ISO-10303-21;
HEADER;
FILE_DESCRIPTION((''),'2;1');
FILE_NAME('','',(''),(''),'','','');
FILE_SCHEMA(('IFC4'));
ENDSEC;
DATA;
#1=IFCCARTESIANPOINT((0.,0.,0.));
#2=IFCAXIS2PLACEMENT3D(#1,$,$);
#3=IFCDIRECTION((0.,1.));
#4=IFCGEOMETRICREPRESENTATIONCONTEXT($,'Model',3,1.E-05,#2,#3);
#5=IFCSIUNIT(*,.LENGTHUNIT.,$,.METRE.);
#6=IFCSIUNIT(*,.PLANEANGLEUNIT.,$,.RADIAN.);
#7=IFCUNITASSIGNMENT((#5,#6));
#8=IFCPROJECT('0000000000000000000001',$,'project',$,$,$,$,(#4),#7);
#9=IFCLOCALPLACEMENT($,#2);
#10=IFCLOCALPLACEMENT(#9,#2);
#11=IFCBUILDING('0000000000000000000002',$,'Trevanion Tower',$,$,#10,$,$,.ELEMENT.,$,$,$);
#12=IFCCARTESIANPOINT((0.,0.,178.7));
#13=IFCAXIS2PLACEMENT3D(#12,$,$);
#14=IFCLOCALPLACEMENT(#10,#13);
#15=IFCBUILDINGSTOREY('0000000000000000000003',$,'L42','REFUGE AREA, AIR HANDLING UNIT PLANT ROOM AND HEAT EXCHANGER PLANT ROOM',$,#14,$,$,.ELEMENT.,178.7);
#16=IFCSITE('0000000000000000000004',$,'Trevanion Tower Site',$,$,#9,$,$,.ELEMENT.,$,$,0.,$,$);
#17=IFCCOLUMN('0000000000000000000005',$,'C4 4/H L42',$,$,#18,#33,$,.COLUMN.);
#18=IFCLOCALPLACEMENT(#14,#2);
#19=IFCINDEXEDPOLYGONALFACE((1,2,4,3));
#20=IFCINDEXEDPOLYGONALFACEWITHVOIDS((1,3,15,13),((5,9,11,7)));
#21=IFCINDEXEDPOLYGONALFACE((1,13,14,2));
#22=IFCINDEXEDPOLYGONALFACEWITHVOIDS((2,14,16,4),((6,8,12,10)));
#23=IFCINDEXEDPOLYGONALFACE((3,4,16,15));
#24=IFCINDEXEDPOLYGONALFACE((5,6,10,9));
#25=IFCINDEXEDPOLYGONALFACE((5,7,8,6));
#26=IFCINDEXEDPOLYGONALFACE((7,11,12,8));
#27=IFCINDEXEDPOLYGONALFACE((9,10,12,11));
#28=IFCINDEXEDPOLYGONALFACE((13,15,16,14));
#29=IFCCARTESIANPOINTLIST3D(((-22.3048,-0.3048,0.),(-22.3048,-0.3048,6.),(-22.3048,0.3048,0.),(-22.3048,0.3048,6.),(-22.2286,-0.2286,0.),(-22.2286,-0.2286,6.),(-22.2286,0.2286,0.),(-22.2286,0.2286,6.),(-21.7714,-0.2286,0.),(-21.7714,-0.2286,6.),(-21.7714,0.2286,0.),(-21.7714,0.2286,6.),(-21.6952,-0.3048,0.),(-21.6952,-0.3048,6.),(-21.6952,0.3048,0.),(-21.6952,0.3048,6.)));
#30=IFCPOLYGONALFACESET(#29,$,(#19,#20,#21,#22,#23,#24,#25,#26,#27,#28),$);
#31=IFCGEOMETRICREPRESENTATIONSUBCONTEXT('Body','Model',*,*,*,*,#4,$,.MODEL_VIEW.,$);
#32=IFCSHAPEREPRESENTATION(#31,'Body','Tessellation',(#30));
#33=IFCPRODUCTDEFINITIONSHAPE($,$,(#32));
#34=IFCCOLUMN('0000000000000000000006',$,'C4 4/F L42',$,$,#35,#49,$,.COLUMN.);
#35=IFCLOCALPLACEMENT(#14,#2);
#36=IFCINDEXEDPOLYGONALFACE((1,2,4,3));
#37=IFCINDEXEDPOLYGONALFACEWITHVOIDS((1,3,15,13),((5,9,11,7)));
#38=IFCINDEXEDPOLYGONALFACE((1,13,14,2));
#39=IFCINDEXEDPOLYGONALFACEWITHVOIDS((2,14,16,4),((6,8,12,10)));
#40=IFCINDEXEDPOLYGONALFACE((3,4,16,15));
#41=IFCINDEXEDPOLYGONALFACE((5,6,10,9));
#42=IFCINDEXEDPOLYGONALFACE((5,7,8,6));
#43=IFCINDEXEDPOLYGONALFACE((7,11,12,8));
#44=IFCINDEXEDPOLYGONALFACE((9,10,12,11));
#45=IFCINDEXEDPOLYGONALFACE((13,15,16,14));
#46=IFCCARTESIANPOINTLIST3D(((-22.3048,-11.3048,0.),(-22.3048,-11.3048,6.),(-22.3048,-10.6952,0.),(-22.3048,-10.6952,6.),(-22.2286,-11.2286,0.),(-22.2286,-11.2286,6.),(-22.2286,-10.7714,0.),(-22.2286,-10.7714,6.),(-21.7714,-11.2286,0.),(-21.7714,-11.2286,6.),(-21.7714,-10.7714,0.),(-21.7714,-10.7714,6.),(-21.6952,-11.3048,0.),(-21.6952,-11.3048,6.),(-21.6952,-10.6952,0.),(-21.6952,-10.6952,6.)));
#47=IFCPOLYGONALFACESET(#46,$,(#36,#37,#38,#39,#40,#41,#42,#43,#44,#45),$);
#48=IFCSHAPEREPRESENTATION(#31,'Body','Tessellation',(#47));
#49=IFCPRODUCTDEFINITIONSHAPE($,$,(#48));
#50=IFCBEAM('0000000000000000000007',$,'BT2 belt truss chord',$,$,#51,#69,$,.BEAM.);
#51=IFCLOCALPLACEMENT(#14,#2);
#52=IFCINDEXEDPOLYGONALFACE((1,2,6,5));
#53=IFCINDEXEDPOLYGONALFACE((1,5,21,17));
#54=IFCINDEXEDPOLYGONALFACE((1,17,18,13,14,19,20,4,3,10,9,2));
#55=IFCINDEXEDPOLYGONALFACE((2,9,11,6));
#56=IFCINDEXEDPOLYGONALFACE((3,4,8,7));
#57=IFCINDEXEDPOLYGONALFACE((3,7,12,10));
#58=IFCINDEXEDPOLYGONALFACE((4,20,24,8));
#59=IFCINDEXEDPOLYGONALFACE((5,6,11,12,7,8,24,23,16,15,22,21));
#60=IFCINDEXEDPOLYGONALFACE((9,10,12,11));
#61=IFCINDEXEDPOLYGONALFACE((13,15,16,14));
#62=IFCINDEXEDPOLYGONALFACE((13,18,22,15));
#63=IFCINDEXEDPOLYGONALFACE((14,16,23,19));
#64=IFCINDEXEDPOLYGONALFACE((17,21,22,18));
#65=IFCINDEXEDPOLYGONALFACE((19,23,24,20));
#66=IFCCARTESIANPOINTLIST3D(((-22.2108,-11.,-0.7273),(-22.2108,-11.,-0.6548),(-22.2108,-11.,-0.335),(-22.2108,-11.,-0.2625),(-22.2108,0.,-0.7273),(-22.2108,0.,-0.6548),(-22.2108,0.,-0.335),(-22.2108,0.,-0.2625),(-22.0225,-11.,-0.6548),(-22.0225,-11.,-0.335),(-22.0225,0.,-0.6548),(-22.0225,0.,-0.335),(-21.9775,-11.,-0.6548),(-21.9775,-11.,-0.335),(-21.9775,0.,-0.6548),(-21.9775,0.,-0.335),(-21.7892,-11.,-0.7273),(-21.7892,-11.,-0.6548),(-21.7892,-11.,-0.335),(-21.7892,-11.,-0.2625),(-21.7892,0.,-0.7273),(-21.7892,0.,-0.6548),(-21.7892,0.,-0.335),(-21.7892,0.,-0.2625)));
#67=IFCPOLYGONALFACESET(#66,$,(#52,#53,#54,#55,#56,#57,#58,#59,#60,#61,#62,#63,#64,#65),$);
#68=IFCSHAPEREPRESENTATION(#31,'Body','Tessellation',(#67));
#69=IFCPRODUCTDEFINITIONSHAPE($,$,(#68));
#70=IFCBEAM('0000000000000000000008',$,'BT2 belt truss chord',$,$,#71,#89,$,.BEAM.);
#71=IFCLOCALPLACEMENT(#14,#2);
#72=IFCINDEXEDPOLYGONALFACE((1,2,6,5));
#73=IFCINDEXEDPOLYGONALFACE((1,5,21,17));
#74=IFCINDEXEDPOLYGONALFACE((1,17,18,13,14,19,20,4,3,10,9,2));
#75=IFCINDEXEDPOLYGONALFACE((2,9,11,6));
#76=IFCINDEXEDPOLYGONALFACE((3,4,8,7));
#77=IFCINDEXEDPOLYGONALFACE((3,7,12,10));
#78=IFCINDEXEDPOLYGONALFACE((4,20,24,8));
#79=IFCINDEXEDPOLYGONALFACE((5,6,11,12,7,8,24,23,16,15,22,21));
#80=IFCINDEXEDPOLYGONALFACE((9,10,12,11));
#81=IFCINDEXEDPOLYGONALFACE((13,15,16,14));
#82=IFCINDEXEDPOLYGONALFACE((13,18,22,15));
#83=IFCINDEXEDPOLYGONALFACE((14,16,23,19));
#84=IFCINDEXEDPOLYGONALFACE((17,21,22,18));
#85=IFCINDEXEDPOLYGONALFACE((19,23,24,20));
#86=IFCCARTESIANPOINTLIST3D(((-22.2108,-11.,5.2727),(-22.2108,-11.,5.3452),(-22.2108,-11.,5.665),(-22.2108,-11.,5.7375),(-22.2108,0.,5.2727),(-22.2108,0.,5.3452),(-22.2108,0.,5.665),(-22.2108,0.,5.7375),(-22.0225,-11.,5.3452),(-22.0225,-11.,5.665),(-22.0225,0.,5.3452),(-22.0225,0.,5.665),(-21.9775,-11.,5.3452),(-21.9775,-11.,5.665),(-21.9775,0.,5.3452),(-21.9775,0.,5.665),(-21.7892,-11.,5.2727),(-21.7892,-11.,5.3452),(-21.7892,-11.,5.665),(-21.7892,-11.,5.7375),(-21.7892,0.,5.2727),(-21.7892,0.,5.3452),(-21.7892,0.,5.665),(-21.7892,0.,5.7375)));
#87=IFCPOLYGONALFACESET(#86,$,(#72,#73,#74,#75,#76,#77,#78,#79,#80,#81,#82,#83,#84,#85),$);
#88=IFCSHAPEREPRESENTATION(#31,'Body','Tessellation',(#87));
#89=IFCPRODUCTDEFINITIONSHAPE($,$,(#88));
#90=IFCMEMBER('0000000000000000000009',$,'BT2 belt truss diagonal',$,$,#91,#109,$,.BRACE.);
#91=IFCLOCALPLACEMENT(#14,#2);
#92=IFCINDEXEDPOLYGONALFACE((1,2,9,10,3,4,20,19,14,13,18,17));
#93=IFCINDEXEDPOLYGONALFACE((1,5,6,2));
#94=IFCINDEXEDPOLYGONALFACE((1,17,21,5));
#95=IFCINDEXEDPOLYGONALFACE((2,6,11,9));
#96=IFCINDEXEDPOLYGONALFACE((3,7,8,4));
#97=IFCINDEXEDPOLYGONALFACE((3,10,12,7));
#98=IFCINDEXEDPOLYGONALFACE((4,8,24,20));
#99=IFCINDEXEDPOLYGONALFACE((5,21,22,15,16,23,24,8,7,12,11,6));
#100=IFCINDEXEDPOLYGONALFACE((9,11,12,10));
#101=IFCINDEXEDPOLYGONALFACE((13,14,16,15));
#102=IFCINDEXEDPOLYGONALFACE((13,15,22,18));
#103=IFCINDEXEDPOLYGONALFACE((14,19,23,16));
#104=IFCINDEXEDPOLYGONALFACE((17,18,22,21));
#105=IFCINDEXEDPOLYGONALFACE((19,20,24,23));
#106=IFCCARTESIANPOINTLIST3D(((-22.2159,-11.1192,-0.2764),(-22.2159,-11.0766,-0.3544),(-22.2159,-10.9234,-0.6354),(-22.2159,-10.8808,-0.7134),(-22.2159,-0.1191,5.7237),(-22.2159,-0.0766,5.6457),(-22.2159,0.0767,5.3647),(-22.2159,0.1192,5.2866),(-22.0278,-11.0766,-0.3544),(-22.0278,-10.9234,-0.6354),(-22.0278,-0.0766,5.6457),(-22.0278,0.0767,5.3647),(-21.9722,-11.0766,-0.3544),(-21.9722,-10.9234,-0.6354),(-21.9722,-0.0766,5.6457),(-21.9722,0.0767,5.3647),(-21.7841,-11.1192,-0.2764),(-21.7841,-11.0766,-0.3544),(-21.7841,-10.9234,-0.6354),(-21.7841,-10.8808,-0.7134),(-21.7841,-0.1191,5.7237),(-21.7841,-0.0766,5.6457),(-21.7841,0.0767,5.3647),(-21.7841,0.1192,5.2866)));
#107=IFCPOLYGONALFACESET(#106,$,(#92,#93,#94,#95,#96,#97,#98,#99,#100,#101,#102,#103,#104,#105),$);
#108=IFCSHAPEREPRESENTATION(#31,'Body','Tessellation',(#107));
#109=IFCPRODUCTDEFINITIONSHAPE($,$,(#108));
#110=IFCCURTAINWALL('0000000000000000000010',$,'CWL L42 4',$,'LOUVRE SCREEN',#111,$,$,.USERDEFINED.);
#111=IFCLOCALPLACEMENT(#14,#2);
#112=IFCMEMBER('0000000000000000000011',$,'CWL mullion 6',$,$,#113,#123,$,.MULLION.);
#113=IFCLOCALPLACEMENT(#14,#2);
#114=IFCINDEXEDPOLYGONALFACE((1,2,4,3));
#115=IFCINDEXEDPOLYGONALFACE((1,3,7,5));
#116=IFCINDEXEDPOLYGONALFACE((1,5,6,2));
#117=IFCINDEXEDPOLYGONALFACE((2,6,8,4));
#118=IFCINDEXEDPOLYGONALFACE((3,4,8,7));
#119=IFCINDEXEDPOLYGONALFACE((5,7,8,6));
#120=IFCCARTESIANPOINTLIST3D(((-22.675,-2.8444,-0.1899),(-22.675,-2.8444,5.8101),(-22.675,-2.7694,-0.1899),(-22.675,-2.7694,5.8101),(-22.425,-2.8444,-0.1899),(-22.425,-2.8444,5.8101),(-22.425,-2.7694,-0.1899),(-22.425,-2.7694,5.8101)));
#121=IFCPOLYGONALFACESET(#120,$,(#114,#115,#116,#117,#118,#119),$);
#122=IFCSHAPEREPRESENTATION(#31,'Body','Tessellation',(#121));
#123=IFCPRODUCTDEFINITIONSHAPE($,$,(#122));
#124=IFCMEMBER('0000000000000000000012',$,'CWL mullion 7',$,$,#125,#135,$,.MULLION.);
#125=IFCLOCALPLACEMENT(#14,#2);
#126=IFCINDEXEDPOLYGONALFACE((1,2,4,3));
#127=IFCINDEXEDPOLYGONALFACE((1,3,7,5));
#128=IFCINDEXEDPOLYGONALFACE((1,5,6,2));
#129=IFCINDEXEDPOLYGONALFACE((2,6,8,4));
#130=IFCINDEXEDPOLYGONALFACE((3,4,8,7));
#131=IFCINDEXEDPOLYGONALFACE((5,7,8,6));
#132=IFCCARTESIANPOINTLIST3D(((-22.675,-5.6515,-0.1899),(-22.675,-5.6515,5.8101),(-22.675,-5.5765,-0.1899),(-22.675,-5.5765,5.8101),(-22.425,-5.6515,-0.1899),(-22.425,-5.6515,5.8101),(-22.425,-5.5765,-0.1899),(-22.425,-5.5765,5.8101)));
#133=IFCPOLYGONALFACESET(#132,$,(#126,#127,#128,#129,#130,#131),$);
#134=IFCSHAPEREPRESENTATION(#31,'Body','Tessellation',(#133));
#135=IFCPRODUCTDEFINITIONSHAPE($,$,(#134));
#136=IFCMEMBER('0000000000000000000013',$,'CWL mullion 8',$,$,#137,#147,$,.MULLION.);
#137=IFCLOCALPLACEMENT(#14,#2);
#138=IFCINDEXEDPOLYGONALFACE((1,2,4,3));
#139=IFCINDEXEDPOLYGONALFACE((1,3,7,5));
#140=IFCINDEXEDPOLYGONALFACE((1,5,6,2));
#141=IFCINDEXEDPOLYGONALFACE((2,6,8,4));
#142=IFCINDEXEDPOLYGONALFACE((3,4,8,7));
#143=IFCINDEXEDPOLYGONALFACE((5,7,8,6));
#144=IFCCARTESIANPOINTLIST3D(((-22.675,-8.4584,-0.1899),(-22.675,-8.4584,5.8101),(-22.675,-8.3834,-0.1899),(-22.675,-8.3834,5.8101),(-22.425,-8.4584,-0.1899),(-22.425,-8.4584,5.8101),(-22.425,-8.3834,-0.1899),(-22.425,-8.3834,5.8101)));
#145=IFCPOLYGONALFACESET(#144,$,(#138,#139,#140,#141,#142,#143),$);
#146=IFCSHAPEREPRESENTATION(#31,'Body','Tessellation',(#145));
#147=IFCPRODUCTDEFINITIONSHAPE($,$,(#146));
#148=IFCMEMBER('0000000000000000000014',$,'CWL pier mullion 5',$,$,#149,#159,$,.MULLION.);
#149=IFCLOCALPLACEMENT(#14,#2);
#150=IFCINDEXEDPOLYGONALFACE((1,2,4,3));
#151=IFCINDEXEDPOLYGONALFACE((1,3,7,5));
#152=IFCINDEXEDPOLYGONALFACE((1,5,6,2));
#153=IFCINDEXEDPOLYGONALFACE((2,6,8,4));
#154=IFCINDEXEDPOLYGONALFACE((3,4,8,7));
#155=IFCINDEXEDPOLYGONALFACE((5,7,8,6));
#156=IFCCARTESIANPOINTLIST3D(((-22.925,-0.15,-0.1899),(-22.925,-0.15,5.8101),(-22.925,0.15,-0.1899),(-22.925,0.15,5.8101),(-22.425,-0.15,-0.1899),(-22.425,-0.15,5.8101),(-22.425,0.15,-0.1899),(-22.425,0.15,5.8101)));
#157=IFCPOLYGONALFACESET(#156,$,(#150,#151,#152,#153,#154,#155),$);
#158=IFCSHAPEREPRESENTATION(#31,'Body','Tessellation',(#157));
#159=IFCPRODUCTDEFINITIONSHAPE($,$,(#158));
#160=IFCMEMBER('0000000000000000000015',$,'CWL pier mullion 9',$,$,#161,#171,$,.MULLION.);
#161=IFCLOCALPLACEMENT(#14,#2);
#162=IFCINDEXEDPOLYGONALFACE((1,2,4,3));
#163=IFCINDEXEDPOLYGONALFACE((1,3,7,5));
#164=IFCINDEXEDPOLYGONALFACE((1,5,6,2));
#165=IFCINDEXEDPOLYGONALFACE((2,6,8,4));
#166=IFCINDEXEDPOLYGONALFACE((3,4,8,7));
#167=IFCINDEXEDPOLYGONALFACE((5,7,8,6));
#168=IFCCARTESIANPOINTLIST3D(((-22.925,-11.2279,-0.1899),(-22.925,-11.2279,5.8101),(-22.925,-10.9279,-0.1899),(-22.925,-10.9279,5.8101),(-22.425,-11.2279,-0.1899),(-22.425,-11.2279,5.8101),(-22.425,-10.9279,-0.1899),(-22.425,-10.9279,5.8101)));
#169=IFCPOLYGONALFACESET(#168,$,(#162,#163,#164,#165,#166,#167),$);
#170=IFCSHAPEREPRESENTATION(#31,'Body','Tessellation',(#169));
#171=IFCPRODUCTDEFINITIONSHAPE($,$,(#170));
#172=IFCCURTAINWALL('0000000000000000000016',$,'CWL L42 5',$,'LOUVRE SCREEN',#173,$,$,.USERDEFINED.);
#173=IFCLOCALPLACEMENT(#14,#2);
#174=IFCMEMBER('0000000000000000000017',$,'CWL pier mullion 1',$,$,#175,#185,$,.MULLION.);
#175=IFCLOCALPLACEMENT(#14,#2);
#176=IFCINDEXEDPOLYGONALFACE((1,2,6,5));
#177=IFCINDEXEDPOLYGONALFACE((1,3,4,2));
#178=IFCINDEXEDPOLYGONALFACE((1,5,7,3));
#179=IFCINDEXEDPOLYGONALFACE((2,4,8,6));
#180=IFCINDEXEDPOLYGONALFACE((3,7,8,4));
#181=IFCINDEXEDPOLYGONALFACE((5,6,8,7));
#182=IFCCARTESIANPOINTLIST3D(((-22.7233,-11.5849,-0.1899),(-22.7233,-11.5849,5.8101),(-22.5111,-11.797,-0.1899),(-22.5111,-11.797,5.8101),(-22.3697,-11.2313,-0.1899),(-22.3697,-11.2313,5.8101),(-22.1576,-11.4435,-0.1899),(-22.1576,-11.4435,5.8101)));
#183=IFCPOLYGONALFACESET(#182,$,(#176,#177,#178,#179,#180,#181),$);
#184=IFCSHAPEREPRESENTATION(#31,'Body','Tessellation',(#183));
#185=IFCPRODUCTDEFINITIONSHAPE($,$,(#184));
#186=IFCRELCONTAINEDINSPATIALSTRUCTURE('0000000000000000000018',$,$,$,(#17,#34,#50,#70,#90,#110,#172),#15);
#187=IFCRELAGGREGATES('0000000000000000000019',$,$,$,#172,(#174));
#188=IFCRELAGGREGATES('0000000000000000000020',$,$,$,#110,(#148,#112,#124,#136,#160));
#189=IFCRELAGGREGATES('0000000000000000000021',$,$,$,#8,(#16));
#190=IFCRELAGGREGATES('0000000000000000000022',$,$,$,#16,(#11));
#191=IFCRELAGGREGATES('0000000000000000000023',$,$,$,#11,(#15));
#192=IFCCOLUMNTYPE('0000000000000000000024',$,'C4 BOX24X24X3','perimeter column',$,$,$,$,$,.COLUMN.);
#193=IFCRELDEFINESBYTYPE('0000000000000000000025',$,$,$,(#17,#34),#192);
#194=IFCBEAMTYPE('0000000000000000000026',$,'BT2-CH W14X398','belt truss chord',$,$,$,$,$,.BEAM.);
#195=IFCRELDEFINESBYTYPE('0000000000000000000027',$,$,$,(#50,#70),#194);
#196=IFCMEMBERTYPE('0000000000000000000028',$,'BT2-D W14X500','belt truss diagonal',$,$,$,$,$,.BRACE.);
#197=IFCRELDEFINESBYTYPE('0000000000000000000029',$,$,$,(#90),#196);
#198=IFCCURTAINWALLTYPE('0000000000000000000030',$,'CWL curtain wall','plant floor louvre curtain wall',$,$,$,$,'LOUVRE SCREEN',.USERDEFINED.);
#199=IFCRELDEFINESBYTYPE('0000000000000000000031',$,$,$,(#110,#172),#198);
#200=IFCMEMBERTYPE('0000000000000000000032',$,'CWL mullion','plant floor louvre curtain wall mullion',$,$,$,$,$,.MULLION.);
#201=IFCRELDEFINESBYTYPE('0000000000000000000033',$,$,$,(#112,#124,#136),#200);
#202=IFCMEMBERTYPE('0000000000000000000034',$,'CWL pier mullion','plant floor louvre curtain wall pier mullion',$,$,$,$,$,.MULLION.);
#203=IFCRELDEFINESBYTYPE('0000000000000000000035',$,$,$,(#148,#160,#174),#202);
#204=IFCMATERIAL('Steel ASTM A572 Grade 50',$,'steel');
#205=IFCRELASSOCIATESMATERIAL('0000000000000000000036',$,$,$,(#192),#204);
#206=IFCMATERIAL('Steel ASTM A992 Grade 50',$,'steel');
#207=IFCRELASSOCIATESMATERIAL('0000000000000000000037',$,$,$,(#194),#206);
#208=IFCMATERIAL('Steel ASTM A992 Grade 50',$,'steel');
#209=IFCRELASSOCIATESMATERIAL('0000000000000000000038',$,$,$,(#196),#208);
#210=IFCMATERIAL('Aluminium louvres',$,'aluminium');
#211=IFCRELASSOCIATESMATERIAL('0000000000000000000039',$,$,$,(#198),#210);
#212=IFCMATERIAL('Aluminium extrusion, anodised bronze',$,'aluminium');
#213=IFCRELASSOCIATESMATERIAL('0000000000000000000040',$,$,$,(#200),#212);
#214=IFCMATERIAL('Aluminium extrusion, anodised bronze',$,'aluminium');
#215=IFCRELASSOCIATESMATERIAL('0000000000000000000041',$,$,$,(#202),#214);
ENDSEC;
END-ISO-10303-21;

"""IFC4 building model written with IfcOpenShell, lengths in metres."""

from ifc_helpers import new_model, si_unit, direction, frame, origin, origin_2d, place, context, subcontext, project, spatial, rectangle, hollow_rectangle, i_section, extrude, material, material_profile, profile_set, type_object, element, aggregate, save


model = new_model("IFC4")

# Units and contexts
model_context = context("Model", 3, precision=1e-05, world=origin(), true_north=direction((0.0, 1.0)))
body_context = subcontext(model_context, "Body", "Model", "MODEL_VIEW")
ifc_project = project(units=[si_unit("LENGTHUNIT", "METRE"), si_unit("PLANEANGLEUNIT", "RADIAN")], contexts=[model_context])

# Site, building, storey
site_placement = place(None, origin())
site = spatial("IfcSite", under=ifc_project, at=site_placement, Name="Trevanion Tower Site", CompositionType="ELEMENT", RefElevation=0.0)
building_placement = place(site_placement, origin())
building = spatial("IfcBuilding", under=site, at=building_placement, Name="Trevanion Tower", CompositionType="ELEMENT")
storey_placement = place(building_placement, frame((0.0, 0.0, 178.7)))
storey = spatial("IfcBuildingStorey", under=building, at=storey_placement, Name="L42", Description="REFUGE AREA, AIR HANDLING UNIT PLANT ROOM AND HEAT EXCHANGER PLANT ROOM", CompositionType="ELEMENT", Elevation=178.7)

# Columns
ifc_material_1 = material(Name="Steel ASTM A572 Grade 50", Category="steel")
ifc_material_profile_1 = material_profile(ifc_material_1, hollow_rectangle(XDim=0.6096, YDim=0.6096, WallThickness=0.0762, at=origin_2d()), Name="BOX24X24X3")
ifc_profile_set_1 = profile_set([ifc_material_profile_1], Name="Steel ASTM A572 Grade 50")
column_type = type_object("IfcColumnType", Name="C4 BOX24X24X3", Description="perimeter column", PredefinedType="COLUMN", material=ifc_profile_set_1)
for number, where, z_axis, x_axis, name in (
    (1, (-22.0, 0.0, 0.0), (0.0, 0.0, 1.0), (0.0, 1.0, 0.0), "C4 4/H L42"),
    (2, (-22.0, -11.0, 0.0), (0.0, 0.0, 1.0), (0.0, 1.0, 0.0), "C4 4/F L42"),
):
    element("IfcColumn", number, at=place(storey_placement, frame(where, z_axis=z_axis, x_axis=x_axis)), inside=storey, type_object=column_type, Name=name, PredefinedType="COLUMN", context=body_context, shape_type="SweptSolid", body=[
        extrude(hollow_rectangle(XDim=0.6096, YDim=0.6096, WallThickness=0.0762, at=origin_2d()), origin(), (0.0, 0.0, 1.0), 6.0),
    ])

# Beams
ifc_material_2 = material(Name="Steel ASTM A992 Grade 50", Category="steel")
ifc_material_profile_2 = material_profile(ifc_material_2, i_section(OverallWidth=0.4216, OverallDepth=0.4648, WebThickness=0.0449, FlangeThickness=0.0725, at=origin_2d()), Name="W14X398")
ifc_profile_set_2 = profile_set([ifc_material_profile_2], Name="Steel ASTM A992 Grade 50")
beam_type_1 = type_object("IfcBeamType", Name="BT2-CH W14X398", Description="belt truss chord", PredefinedType="BEAM", material=ifc_profile_set_2)
for number, where, z_axis, x_axis, name in (
    (3, (-22.0, 0.0, -0.4949), (0.0, -1.0, 0.0), (1.0, 0.0, 0.0), "BT2 belt truss chord"),
    (4, (-22.0, 0.0, 5.5051), (0.0, -1.0, 0.0), (1.0, 0.0, 0.0), "BT2 belt truss chord"),
):
    element("IfcBeam", number, at=place(storey_placement, frame(where, z_axis=z_axis, x_axis=x_axis)), inside=storey, type_object=beam_type_1, Name=name, PredefinedType="BEAM", context=body_context, shape_type="SweptSolid", body=[
        extrude(i_section(OverallWidth=0.4216, OverallDepth=0.4648, WebThickness=0.0449, FlangeThickness=0.0725, at=origin_2d()), origin(), (0.0, 0.0, 1.0), 11.0),
    ])

# Member
ifc_material_3 = material(Name="Steel ASTM A992 Grade 50", Category="steel")
ifc_material_profile_3 = material_profile(ifc_material_3, i_section(OverallWidth=0.4319, OverallDepth=0.4978, WebThickness=0.0557, FlangeThickness=0.0889, at=origin_2d()), Name="W14X500")
ifc_profile_set_3 = profile_set([ifc_material_profile_3], Name="Steel ASTM A992 Grade 50")
member_type_1 = type_object("IfcMemberType", Name="BT2-D W14X500", Description="belt truss diagonal", PredefinedType="BRACE", material=ifc_profile_set_3)
member_1_placement = place(storey_placement, frame((-22.0, -11.0, -0.4949), z_axis=(0.0, 0.877896, 0.478852), x_axis=(-1.0, 0.0, 0.0)))
element("IfcMember", 5, at=member_1_placement, inside=storey, type_object=member_type_1, Name="BT2 belt truss diagonal", PredefinedType="BRACE", context=body_context, shape_type="SweptSolid", body=[
    extrude(i_section(OverallWidth=0.4319, OverallDepth=0.4978, WebThickness=0.0557, FlangeThickness=0.0889, at=origin_2d()), origin(), (0.0, 0.0, 1.0), 12.53),
])

# Curtain wall, members
ifc_material_4 = material(Name="Aluminium louvres", Category="aluminium")
curtain_wall_type = type_object("IfcCurtainWallType", Name="CWL curtain wall", Description="plant floor louvre curtain wall", ElementType="LOUVRE SCREEN", PredefinedType="USERDEFINED", material=ifc_material_4)
curtain_wall_1_placement = place(storey_placement, origin())
curtain_wall_1 = element("IfcCurtainWall", 6, at=curtain_wall_1_placement, inside=storey, type_object=curtain_wall_type, Name="CWL L42 4", ObjectType="LOUVRE SCREEN", PredefinedType="USERDEFINED")
ifc_material_5 = material(Name="Aluminium extrusion, anodised bronze", Category="aluminium")
ifc_material_profile_4 = material_profile(ifc_material_5, rectangle(XDim=0.075, YDim=0.25, at=origin_2d()), Name="CWL mullion")
ifc_profile_set_4 = profile_set([ifc_material_profile_4], Name="Aluminium extrusion, anodised bronze")
member_type_2 = type_object("IfcMemberType", Name="CWL mullion", Description="plant floor louvre curtain wall mullion", PredefinedType="MULLION", material=ifc_profile_set_4)
member_2_placement = place(storey_placement, frame((-22.55, -2.8069, -0.1899), z_axis=(0.0, 0.0, 1.0), x_axis=(0.0, -1.0, 0.0)))
member_2 = element("IfcMember", 7, at=member_2_placement, type_object=member_type_2, Name="CWL mullion 6", PredefinedType="MULLION", context=body_context, shape_type="SweptSolid", body=[
    extrude(rectangle(XDim=0.075, YDim=0.25, at=origin_2d()), origin(), (0.0, 0.0, 1.0), 6.0),
])
member_3_placement = place(storey_placement, frame((-22.55, -5.614, -0.1899), z_axis=(0.0, 0.0, 1.0), x_axis=(0.0, -1.0, 0.0)))
member_3 = element("IfcMember", 8, at=member_3_placement, type_object=member_type_2, Name="CWL mullion 7", PredefinedType="MULLION", context=body_context, shape_type="SweptSolid", body=[
    extrude(rectangle(XDim=0.075, YDim=0.25, at=origin_2d()), origin(), (0.0, 0.0, 1.0), 6.0),
])
member_4_placement = place(storey_placement, frame((-22.55, -8.4209, -0.1899), z_axis=(0.0, 0.0, 1.0), x_axis=(0.0, -1.0, 0.0)))
member_4 = element("IfcMember", 9, at=member_4_placement, type_object=member_type_2, Name="CWL mullion 8", PredefinedType="MULLION", context=body_context, shape_type="SweptSolid", body=[
    extrude(rectangle(XDim=0.075, YDim=0.25, at=origin_2d()), origin(), (0.0, 0.0, 1.0), 6.0),
])
ifc_material_6 = material(Name="Aluminium extrusion, anodised bronze", Category="aluminium")
ifc_material_profile_5 = material_profile(ifc_material_6, rectangle(XDim=0.3, YDim=0.5, at=origin_2d()), Name="CWL pier mullion")
ifc_profile_set_5 = profile_set([ifc_material_profile_5], Name="Aluminium extrusion, anodised bronze")
member_type_3 = type_object("IfcMemberType", Name="CWL pier mullion", Description="plant floor louvre curtain wall pier mullion", PredefinedType="MULLION", material=ifc_profile_set_5)
member_5_placement = place(storey_placement, frame((-22.675, 0.0, -0.1899), z_axis=(0.0, 0.0, 1.0), x_axis=(0.0, -1.0, 0.0)))
member_5 = element("IfcMember", 10, at=member_5_placement, type_object=member_type_3, Name="CWL pier mullion 5", PredefinedType="MULLION", context=body_context, shape_type="SweptSolid", body=[
    extrude(rectangle(XDim=0.3, YDim=0.5, at=origin_2d()), origin(), (0.0, 0.0, 1.0), 6.0),
])
member_6_placement = place(storey_placement, frame((-22.675, -11.0779, -0.1899), z_axis=(0.0, 0.0, 1.0), x_axis=(0.0, -1.0, 0.0)))
member_6 = element("IfcMember", 11, at=member_6_placement, type_object=member_type_3, Name="CWL pier mullion 9", PredefinedType="MULLION", context=body_context, shape_type="SweptSolid", body=[
    extrude(rectangle(XDim=0.3, YDim=0.5, at=origin_2d()), origin(), (0.0, 0.0, 1.0), 6.0),
])

# Curtain wall, member
curtain_wall_2_placement = place(storey_placement, origin())
curtain_wall_2 = element("IfcCurtainWall", 12, at=curtain_wall_2_placement, inside=storey, type_object=curtain_wall_type, Name="CWL L42 5", ObjectType="LOUVRE SCREEN", PredefinedType="USERDEFINED")
member_7_placement = place(storey_placement, frame((-22.4404, -11.5142, -0.1899), z_axis=(0.0, 0.0, 1.0), x_axis=(0.707107, -0.707107, 0.0)))
member_7 = element("IfcMember", 13, at=member_7_placement, type_object=member_type_3, Name="CWL pier mullion 1", PredefinedType="MULLION", context=body_context, shape_type="SweptSolid", body=[
    extrude(rectangle(XDim=0.3, YDim=0.5, at=origin_2d()), origin(), (0.0, 0.0, 1.0), 6.0),
])

aggregate(curtain_wall_2, [member_7])

aggregate(curtain_wall_1, [member_5, member_2, member_3, member_4, member_6])

save(model, "model.ifc")
